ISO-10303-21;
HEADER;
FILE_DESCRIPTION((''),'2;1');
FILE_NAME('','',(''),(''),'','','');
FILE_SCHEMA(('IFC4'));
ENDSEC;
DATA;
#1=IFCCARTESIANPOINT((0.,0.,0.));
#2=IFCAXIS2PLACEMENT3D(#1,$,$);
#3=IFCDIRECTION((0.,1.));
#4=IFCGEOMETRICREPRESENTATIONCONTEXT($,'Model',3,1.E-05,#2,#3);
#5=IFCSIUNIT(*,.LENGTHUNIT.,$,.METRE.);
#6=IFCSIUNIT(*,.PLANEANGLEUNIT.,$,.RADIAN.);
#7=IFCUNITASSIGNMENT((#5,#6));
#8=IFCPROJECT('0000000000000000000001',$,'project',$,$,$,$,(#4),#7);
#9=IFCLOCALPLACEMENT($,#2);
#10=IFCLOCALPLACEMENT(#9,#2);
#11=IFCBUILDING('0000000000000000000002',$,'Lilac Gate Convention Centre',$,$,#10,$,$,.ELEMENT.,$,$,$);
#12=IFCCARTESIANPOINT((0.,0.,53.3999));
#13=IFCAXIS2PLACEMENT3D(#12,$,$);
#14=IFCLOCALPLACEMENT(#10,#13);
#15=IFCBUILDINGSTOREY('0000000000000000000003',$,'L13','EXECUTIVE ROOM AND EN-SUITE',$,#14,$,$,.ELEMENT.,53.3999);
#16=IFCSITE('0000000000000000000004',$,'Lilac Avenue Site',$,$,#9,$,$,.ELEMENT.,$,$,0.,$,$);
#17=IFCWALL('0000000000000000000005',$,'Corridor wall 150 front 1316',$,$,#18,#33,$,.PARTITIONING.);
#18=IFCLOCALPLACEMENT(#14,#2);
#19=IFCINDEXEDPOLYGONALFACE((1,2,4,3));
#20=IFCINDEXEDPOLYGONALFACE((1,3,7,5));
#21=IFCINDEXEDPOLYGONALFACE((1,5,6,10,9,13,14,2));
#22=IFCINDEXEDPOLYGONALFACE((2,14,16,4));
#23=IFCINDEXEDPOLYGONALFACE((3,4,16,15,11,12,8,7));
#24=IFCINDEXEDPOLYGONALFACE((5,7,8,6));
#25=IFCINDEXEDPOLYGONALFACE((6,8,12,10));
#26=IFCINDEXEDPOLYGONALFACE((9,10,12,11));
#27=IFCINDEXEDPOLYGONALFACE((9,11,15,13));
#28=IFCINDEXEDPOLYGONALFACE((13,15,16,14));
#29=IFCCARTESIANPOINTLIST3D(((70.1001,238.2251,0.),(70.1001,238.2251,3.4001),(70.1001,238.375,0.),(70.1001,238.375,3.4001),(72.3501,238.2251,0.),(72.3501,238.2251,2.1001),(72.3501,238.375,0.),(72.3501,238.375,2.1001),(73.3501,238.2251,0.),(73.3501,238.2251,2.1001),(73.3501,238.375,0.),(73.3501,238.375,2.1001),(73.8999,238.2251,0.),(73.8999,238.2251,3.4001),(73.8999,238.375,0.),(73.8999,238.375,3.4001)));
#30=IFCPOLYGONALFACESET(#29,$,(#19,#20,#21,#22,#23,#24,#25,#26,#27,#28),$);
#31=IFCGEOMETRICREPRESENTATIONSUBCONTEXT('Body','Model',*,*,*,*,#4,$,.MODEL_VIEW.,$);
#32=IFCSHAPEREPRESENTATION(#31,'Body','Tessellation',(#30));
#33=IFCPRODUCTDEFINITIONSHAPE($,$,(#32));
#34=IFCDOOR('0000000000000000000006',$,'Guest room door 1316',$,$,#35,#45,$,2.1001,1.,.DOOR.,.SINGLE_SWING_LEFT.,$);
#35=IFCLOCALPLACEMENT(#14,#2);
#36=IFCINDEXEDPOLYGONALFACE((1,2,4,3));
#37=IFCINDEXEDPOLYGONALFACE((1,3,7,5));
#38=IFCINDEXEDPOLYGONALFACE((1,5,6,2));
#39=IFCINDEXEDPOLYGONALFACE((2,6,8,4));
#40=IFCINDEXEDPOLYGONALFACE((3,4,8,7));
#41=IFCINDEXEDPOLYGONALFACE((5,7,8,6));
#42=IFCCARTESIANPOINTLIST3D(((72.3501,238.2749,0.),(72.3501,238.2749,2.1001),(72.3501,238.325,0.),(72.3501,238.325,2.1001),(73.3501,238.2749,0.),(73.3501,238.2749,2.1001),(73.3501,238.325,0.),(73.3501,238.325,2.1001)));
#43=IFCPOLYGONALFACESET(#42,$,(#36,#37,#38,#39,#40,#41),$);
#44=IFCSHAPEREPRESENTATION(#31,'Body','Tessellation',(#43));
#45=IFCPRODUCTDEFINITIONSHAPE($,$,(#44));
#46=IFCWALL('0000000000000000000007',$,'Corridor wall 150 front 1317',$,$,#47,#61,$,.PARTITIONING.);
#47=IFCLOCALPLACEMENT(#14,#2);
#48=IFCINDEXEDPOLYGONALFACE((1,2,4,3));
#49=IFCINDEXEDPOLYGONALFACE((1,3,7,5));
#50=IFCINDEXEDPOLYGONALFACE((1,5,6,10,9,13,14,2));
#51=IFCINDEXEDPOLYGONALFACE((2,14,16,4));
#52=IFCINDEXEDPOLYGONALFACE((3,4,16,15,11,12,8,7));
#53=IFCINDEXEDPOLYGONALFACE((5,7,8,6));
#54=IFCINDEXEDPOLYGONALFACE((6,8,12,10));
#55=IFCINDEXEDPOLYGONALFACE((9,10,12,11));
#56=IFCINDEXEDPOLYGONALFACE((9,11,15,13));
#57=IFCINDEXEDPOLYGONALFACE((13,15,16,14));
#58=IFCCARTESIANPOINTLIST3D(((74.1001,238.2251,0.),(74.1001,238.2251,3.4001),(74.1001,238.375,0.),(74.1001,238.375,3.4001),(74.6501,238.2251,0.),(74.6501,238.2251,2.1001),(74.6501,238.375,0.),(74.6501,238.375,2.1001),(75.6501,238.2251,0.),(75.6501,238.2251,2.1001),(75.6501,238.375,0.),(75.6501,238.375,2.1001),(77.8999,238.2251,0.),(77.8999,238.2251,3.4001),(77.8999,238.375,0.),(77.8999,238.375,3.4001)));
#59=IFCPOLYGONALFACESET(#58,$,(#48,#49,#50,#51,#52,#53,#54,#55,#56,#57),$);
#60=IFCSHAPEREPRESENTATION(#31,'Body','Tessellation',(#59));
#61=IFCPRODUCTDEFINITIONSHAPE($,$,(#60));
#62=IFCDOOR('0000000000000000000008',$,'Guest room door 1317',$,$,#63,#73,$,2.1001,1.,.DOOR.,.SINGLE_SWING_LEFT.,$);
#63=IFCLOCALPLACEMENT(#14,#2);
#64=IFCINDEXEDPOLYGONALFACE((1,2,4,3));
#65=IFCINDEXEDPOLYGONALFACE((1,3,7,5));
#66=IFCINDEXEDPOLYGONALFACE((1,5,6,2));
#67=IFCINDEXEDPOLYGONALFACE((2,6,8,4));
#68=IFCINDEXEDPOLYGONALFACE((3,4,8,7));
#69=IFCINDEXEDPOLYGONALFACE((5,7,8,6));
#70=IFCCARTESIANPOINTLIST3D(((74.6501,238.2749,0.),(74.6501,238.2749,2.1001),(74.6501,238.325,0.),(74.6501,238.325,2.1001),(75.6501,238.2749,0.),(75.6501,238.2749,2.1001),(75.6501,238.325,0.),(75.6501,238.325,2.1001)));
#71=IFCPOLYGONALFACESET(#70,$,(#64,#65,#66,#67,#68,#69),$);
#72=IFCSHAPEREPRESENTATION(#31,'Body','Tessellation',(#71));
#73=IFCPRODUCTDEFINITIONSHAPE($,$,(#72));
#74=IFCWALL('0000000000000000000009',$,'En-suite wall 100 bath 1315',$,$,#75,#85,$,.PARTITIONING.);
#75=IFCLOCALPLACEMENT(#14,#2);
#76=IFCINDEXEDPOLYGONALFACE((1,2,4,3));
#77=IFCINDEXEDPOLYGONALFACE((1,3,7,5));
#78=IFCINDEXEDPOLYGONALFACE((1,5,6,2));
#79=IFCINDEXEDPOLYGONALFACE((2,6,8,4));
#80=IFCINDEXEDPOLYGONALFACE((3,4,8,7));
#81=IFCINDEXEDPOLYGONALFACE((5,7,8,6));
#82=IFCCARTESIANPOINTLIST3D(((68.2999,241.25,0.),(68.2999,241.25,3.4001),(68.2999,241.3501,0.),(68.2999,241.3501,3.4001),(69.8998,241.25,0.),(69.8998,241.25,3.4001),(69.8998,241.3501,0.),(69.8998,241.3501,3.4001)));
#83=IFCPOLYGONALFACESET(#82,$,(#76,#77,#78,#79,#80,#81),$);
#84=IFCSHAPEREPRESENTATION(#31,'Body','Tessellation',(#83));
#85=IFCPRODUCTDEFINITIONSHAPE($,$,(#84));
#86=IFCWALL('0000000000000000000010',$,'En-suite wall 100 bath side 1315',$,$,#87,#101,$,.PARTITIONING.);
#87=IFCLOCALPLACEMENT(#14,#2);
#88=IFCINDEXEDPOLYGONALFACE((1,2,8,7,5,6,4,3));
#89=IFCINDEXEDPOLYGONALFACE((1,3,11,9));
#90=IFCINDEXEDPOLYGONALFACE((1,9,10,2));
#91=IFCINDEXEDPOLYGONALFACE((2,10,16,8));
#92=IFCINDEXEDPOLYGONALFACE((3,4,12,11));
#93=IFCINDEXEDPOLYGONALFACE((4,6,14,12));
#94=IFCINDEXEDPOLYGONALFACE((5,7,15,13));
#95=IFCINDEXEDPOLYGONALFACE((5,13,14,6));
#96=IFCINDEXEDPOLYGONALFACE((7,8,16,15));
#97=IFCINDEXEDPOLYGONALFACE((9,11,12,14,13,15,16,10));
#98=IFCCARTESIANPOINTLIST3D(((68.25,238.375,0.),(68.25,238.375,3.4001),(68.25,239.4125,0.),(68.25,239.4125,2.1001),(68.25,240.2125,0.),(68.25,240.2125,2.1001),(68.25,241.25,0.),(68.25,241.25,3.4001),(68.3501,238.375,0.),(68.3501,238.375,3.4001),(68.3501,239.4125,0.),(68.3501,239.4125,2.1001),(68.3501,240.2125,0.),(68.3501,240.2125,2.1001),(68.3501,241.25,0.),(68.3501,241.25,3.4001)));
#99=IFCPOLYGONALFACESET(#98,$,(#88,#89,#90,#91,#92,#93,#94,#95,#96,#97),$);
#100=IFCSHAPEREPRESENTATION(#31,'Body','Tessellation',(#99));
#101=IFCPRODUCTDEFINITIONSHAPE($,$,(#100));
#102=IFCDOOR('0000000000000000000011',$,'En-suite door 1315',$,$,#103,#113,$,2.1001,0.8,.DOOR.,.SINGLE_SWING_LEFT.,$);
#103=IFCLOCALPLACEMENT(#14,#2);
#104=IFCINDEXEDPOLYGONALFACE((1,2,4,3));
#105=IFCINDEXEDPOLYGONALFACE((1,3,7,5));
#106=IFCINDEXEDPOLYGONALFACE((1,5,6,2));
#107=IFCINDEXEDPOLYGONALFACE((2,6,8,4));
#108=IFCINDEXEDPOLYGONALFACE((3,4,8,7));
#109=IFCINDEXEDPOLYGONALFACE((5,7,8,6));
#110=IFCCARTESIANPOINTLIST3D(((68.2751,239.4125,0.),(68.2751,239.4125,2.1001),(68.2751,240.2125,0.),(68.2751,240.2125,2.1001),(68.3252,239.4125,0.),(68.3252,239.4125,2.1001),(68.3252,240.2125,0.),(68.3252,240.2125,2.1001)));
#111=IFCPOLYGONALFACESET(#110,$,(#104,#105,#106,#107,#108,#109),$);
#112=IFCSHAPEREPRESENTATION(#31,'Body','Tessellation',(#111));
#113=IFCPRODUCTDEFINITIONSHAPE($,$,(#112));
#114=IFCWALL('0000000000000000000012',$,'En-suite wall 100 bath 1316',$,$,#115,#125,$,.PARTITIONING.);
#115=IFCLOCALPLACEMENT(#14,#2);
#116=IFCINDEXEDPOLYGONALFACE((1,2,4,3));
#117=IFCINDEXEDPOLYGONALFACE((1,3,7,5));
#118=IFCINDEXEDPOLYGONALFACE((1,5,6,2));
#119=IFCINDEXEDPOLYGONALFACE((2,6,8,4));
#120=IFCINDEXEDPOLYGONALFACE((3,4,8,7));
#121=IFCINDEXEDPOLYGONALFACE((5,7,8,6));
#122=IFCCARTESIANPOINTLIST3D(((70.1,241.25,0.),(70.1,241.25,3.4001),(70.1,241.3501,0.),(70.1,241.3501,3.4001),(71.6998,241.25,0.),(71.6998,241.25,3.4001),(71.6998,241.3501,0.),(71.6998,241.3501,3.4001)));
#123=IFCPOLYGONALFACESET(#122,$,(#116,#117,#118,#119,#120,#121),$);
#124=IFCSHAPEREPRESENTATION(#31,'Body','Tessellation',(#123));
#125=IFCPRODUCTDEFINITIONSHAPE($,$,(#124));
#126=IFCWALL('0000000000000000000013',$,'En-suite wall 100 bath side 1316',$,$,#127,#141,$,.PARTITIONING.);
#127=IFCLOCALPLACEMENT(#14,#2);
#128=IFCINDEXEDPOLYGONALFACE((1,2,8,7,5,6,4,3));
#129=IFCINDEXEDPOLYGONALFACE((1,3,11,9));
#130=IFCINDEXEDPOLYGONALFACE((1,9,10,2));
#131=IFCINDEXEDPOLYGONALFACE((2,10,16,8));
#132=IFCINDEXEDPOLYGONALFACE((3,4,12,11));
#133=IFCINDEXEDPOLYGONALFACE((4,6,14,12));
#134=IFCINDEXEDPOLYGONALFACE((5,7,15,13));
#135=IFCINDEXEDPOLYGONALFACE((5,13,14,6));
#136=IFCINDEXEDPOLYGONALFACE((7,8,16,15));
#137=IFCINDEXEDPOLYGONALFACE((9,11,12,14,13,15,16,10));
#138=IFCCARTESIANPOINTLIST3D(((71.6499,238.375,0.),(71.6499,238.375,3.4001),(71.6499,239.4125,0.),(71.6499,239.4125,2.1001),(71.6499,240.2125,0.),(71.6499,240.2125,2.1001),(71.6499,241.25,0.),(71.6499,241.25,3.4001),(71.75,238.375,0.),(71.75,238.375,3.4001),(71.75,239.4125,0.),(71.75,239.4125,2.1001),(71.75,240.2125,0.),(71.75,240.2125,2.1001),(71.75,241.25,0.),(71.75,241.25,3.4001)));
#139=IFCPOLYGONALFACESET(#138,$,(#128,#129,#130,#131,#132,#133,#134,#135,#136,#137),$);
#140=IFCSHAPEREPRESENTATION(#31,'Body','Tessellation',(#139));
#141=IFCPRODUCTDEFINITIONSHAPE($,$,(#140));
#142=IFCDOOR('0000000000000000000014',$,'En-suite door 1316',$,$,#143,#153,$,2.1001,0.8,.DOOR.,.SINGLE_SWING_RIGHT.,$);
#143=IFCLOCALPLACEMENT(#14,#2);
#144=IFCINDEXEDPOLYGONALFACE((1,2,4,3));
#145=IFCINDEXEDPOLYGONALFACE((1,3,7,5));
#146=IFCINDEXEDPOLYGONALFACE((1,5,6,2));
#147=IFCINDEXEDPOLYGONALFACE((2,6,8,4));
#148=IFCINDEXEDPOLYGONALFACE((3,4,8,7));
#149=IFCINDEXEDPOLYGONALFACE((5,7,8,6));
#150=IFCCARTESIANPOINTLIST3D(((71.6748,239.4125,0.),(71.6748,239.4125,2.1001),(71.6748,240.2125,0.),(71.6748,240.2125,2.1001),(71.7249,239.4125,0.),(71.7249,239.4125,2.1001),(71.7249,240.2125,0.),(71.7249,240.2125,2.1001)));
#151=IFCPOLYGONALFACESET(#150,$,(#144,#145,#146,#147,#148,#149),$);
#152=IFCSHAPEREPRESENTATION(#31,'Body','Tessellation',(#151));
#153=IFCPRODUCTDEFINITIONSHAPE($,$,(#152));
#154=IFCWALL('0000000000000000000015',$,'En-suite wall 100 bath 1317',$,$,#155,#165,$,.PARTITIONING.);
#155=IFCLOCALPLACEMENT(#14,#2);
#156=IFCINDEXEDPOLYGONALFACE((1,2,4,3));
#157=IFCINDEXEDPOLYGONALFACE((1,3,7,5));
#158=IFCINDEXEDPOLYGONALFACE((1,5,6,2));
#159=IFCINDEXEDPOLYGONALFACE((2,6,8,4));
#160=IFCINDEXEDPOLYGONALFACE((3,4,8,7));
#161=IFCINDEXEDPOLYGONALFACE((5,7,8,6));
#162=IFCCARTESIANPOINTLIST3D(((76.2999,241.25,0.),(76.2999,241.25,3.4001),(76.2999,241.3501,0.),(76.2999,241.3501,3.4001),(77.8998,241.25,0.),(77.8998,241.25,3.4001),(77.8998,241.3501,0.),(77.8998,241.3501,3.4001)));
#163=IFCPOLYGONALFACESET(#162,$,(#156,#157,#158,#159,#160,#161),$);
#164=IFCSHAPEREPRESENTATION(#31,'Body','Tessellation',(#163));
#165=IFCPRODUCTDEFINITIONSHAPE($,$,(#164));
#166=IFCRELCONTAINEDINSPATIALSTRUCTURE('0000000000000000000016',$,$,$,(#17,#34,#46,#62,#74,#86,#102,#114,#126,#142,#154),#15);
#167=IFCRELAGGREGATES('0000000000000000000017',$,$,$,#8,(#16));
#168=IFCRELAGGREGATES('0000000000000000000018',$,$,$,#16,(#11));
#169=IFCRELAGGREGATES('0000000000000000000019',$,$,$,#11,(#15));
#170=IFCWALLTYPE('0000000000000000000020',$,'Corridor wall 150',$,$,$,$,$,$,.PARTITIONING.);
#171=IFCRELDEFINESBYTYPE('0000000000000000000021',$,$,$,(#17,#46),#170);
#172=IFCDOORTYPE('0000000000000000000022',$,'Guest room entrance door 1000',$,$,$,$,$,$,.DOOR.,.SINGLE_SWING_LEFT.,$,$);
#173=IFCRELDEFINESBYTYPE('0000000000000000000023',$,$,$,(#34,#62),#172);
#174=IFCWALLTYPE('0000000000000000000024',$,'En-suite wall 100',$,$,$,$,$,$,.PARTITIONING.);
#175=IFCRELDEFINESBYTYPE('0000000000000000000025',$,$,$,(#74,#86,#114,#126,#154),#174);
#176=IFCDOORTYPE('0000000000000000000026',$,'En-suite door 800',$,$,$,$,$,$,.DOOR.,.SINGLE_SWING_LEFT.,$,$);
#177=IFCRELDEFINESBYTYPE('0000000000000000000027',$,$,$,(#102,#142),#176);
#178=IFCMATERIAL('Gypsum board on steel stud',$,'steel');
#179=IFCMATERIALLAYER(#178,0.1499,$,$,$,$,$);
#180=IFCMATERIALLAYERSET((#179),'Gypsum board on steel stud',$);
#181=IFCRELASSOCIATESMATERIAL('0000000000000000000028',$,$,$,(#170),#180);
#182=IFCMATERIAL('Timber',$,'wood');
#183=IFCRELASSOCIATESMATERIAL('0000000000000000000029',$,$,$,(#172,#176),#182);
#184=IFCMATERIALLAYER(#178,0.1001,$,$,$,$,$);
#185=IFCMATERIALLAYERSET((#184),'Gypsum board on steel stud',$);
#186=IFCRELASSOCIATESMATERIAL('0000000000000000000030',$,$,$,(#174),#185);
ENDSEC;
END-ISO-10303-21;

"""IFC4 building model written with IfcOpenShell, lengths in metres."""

from ifc_helpers import new_model, si_unit, direction, frame, frame_2d, origin, place, context, subcontext, project, spatial, rectangle, extrude, material, layer, layer_set, type_object, element, fill, save


model = new_model("IFC4")

# Units and contexts
model_context = context("Model", 3, precision=1e-05, world=origin(), true_north=direction((0.0, 1.0)))
body_context = subcontext(model_context, "Body", "Model", "MODEL_VIEW")
ifc_project = project(units=[si_unit("LENGTHUNIT", "METRE"), si_unit("PLANEANGLEUNIT", "RADIAN")], contexts=[model_context])

# Site, building, storey
site_placement = place(None, origin())
site = spatial("IfcSite", under=ifc_project, at=site_placement, Name="Lilac Avenue Site", CompositionType="ELEMENT", RefElevation=0.0)
building_placement = place(site_placement, origin())
building = spatial("IfcBuilding", under=site, at=building_placement, Name="Lilac Gate Convention Centre", CompositionType="ELEMENT")
storey_placement = place(building_placement, frame((0.0, 0.0, 53.3999)))
storey = spatial("IfcBuildingStorey", under=building, at=storey_placement, Name="L13", Description="EXECUTIVE ROOM AND EN-SUITE", CompositionType="ELEMENT", Elevation=53.3999)

# Walls, openings, doors
ifc_material_1 = material(Name="Gypsum board on steel stud", Category="steel")
ifc_layer_1 = layer(ifc_material_1, 0.1499)
ifc_layer_set_1 = layer_set([ifc_layer_1], Name="Gypsum board on steel stud")
wall_type_1 = type_object("IfcWallType", Name="Corridor wall 150", PredefinedType="PARTITIONING", material=ifc_layer_set_1)
ifc_material_2 = material(Name="Timber", Category="wood")
door_type_1 = type_object("IfcDoorType", Name="Guest room entrance door 1000", OperationType="SINGLE_SWING_LEFT", PredefinedType="DOOR", material=ifc_material_2)
wall_1_placement = place(storey_placement, frame((70.1001, 238.3, 0.0), z_axis=(0.0, 0.0, 1.0), x_axis=(1.0, 0.0, 0.0)))
wall_1 = element("IfcWall", 1, at=wall_1_placement, inside=storey, type_object=wall_type_1, Name="Corridor wall 150 front 1316", PredefinedType="PARTITIONING", context=body_context, shape_type="SweptSolid", body=[
    extrude(rectangle(XDim=3.7998, YDim=0.1499, at=frame_2d((1.8999, 0.0))), origin(), (0.0, 0.0, 1.0), 3.4001),
])
opening_1_placement = place(wall_1_placement, frame((2.25, 0.0, 0.0)))
opening_1 = element("IfcOpeningElement", 2, at=opening_1_placement, cuts=wall_1, PredefinedType="OPENING", context=body_context, shape_type="SweptSolid", body=[
    extrude(rectangle(XDim=1.0, YDim=2.1001, at=frame_2d((0.5, 1.05))), frame((0.0, 0.085, 0.0), z_axis=(0.0, -1.0, 0.0), x_axis=(1.0, 0.0, 0.0)), (0.0, 0.0, 1.0), 0.1699),
])
door_1_placement = place(opening_1_placement, origin())
door_1 = element("IfcDoor", 3, at=door_1_placement, inside=storey, type_object=door_type_1, Name="Guest room door 1316", OperationType="SINGLE_SWING_LEFT", OverallHeight=2.1001, OverallWidth=1.0, PredefinedType="DOOR", context=body_context, shape_type="SweptSolid", body=[
    extrude(rectangle(XDim=1.0, YDim=2.1001, at=frame_2d((0.5, 1.05))), frame((0.0, 0.0249, 0.0), z_axis=(0.0, -1.0, 0.0), x_axis=(1.0, 0.0, 0.0)), (0.0, 0.0, 1.0), 0.05),
])
fill(opening_1, door_1)
wall_2_placement = place(storey_placement, frame((74.1001, 238.3, 0.0), z_axis=(0.0, 0.0, 1.0), x_axis=(1.0, 0.0, 0.0)))
wall_2 = element("IfcWall", 4, at=wall_2_placement, inside=storey, type_object=wall_type_1, Name="Corridor wall 150 front 1317", PredefinedType="PARTITIONING", context=body_context, shape_type="SweptSolid", body=[
    extrude(rectangle(XDim=3.7998, YDim=0.1499, at=frame_2d((1.8999, 0.0))), origin(), (0.0, 0.0, 1.0), 3.4001),
])
opening_2_placement = place(wall_2_placement, frame((0.55, 0.0, 0.0)))
opening_2 = element("IfcOpeningElement", 5, at=opening_2_placement, cuts=wall_2, PredefinedType="OPENING", context=body_context, shape_type="SweptSolid", body=[
    extrude(rectangle(XDim=1.0, YDim=2.1001, at=frame_2d((0.5, 1.05))), frame((0.0, 0.085, 0.0), z_axis=(0.0, -1.0, 0.0), x_axis=(1.0, 0.0, 0.0)), (0.0, 0.0, 1.0), 0.1699),
])
door_2_placement = place(opening_2_placement, origin())
door_2 = element("IfcDoor", 6, at=door_2_placement, inside=storey, type_object=door_type_1, Name="Guest room door 1317", OperationType="SINGLE_SWING_LEFT", OverallHeight=2.1001, OverallWidth=1.0, PredefinedType="DOOR", context=body_context, shape_type="SweptSolid", body=[
    extrude(rectangle(XDim=1.0, YDim=2.1001, at=frame_2d((0.5, 1.05))), frame((0.0, 0.0249, 0.0), z_axis=(0.0, -1.0, 0.0), x_axis=(1.0, 0.0, 0.0)), (0.0, 0.0, 1.0), 0.05),
])
fill(opening_2, door_2)

# Wall
ifc_layer_2 = layer(ifc_material_1, 0.1001)
ifc_layer_set_2 = layer_set([ifc_layer_2], Name="Gypsum board on steel stud")
wall_type_2 = type_object("IfcWallType", Name="En-suite wall 100", PredefinedType="PARTITIONING", material=ifc_layer_set_2)
wall_3_placement = place(storey_placement, frame((68.3, 241.3, 0.0), z_axis=(0.0, 0.0, 1.0), x_axis=(1.0, 0.0, 0.0)))
element("IfcWall", 7, at=wall_3_placement, inside=storey, type_object=wall_type_2, Name="En-suite wall 100 bath 1315", PredefinedType="PARTITIONING", context=body_context, shape_type="SweptSolid", body=[
    extrude(rectangle(XDim=1.5999, YDim=0.1001, at=frame_2d((0.7998, 0.0))), origin(), (0.0, 0.0, 1.0), 3.4001),
])

# Wall, opening, door
wall_4_placement = place(storey_placement, frame((68.3, 238.375, 0.0), z_axis=(0.0, 0.0, 1.0), x_axis=(0.0, 1.0, 0.0)))
wall_4 = element("IfcWall", 8, at=wall_4_placement, inside=storey, type_object=wall_type_2, Name="En-suite wall 100 bath side 1315", PredefinedType="PARTITIONING", context=body_context, shape_type="SweptSolid", body=[
    extrude(rectangle(XDim=2.875, YDim=0.1001, at=frame_2d((1.4375, 0.0))), origin(), (0.0, 0.0, 1.0), 3.4001),
])
opening_3_placement = place(wall_4_placement, frame((1.0376, 0.0, 0.0)))
opening_3 = element("IfcOpeningElement", 9, at=opening_3_placement, cuts=wall_4, PredefinedType="OPENING", context=body_context, shape_type="SweptSolid", body=[
    extrude(rectangle(XDim=0.8, YDim=2.1001, at=frame_2d((0.3999, 1.05))), frame((0.0, 0.0601, 0.0), z_axis=(0.0, -1.0, 0.0), x_axis=(1.0, 0.0, 0.0)), (0.0, 0.0, 1.0), 0.1201),
])
door_type_2 = type_object("IfcDoorType", Name="En-suite door 800", OperationType="SINGLE_SWING_LEFT", PredefinedType="DOOR", material=ifc_material_2)
door_3_placement = place(opening_3_placement, origin())
door_3 = element("IfcDoor", 10, at=door_3_placement, inside=storey, type_object=door_type_2, Name="En-suite door 1315", OperationType="SINGLE_SWING_LEFT", OverallHeight=2.1001, OverallWidth=0.8, PredefinedType="DOOR", context=body_context, shape_type="SweptSolid", body=[
    extrude(rectangle(XDim=0.8, YDim=2.1001, at=frame_2d((0.3999, 1.05))), frame((0.0, 0.0249, 0.0), z_axis=(0.0, -1.0, 0.0), x_axis=(1.0, 0.0, 0.0)), (0.0, 0.0, 1.0), 0.05),
])
fill(opening_3, door_3)

# Wall
wall_5_placement = place(storey_placement, frame((70.1001, 241.3, 0.0), z_axis=(0.0, 0.0, 1.0), x_axis=(1.0, 0.0, 0.0)))
element("IfcWall", 11, at=wall_5_placement, inside=storey, type_object=wall_type_2, Name="En-suite wall 100 bath 1316", PredefinedType="PARTITIONING", context=body_context, shape_type="SweptSolid", body=[
    extrude(rectangle(XDim=1.5999, YDim=0.1001, at=frame_2d((0.7998, 0.0))), origin(), (0.0, 0.0, 1.0), 3.4001),
])

# Wall, opening, door
wall_6_placement = place(storey_placement, frame((71.7, 241.25, 0.0), z_axis=(0.0, 0.0, 1.0), x_axis=(0.0, -1.0, 0.0)))
wall_6 = element("IfcWall", 12, at=wall_6_placement, inside=storey, type_object=wall_type_2, Name="En-suite wall 100 bath side 1316", PredefinedType="PARTITIONING", context=body_context, shape_type="SweptSolid", body=[
    extrude(rectangle(XDim=2.875, YDim=0.1001, at=frame_2d((1.4375, 0.0))), origin(), (0.0, 0.0, 1.0), 3.4001),
])
opening_4_placement = place(wall_6_placement, frame((1.0376, 0.0, 0.0)))
opening_4 = element("IfcOpeningElement", 13, at=opening_4_placement, cuts=wall_6, PredefinedType="OPENING", context=body_context, shape_type="SweptSolid", body=[
    extrude(rectangle(XDim=0.8, YDim=2.1001, at=frame_2d((0.3999, 1.05))), frame((0.0, 0.0601, 0.0), z_axis=(0.0, -1.0, 0.0), x_axis=(1.0, 0.0, 0.0)), (0.0, 0.0, 1.0), 0.1201),
])
door_4_placement = place(opening_4_placement, origin())
door_4 = element("IfcDoor", 14, at=door_4_placement, inside=storey, type_object=door_type_2, Name="En-suite door 1316", OperationType="SINGLE_SWING_RIGHT", OverallHeight=2.1001, OverallWidth=0.8, PredefinedType="DOOR", context=body_context, shape_type="SweptSolid", body=[
    extrude(rectangle(XDim=0.8, YDim=2.1001, at=frame_2d((0.3999, 1.05))), frame((0.0, 0.0249, 0.0), z_axis=(0.0, -1.0, 0.0), x_axis=(1.0, 0.0, 0.0)), (0.0, 0.0, 1.0), 0.05),
])
fill(opening_4, door_4)

# Wall
wall_7_placement = place(storey_placement, frame((76.3, 241.3, 0.0), z_axis=(0.0, 0.0, 1.0), x_axis=(1.0, 0.0, 0.0)))
element("IfcWall", 15, at=wall_7_placement, inside=storey, type_object=wall_type_2, Name="En-suite wall 100 bath 1317", PredefinedType="PARTITIONING", context=body_context, shape_type="SweptSolid", body=[
    extrude(rectangle(XDim=1.5999, YDim=0.1001, at=frame_2d((0.7998, 0.0))), origin(), (0.0, 0.0, 1.0), 3.4001),
])

save(model, "model.ifc")
